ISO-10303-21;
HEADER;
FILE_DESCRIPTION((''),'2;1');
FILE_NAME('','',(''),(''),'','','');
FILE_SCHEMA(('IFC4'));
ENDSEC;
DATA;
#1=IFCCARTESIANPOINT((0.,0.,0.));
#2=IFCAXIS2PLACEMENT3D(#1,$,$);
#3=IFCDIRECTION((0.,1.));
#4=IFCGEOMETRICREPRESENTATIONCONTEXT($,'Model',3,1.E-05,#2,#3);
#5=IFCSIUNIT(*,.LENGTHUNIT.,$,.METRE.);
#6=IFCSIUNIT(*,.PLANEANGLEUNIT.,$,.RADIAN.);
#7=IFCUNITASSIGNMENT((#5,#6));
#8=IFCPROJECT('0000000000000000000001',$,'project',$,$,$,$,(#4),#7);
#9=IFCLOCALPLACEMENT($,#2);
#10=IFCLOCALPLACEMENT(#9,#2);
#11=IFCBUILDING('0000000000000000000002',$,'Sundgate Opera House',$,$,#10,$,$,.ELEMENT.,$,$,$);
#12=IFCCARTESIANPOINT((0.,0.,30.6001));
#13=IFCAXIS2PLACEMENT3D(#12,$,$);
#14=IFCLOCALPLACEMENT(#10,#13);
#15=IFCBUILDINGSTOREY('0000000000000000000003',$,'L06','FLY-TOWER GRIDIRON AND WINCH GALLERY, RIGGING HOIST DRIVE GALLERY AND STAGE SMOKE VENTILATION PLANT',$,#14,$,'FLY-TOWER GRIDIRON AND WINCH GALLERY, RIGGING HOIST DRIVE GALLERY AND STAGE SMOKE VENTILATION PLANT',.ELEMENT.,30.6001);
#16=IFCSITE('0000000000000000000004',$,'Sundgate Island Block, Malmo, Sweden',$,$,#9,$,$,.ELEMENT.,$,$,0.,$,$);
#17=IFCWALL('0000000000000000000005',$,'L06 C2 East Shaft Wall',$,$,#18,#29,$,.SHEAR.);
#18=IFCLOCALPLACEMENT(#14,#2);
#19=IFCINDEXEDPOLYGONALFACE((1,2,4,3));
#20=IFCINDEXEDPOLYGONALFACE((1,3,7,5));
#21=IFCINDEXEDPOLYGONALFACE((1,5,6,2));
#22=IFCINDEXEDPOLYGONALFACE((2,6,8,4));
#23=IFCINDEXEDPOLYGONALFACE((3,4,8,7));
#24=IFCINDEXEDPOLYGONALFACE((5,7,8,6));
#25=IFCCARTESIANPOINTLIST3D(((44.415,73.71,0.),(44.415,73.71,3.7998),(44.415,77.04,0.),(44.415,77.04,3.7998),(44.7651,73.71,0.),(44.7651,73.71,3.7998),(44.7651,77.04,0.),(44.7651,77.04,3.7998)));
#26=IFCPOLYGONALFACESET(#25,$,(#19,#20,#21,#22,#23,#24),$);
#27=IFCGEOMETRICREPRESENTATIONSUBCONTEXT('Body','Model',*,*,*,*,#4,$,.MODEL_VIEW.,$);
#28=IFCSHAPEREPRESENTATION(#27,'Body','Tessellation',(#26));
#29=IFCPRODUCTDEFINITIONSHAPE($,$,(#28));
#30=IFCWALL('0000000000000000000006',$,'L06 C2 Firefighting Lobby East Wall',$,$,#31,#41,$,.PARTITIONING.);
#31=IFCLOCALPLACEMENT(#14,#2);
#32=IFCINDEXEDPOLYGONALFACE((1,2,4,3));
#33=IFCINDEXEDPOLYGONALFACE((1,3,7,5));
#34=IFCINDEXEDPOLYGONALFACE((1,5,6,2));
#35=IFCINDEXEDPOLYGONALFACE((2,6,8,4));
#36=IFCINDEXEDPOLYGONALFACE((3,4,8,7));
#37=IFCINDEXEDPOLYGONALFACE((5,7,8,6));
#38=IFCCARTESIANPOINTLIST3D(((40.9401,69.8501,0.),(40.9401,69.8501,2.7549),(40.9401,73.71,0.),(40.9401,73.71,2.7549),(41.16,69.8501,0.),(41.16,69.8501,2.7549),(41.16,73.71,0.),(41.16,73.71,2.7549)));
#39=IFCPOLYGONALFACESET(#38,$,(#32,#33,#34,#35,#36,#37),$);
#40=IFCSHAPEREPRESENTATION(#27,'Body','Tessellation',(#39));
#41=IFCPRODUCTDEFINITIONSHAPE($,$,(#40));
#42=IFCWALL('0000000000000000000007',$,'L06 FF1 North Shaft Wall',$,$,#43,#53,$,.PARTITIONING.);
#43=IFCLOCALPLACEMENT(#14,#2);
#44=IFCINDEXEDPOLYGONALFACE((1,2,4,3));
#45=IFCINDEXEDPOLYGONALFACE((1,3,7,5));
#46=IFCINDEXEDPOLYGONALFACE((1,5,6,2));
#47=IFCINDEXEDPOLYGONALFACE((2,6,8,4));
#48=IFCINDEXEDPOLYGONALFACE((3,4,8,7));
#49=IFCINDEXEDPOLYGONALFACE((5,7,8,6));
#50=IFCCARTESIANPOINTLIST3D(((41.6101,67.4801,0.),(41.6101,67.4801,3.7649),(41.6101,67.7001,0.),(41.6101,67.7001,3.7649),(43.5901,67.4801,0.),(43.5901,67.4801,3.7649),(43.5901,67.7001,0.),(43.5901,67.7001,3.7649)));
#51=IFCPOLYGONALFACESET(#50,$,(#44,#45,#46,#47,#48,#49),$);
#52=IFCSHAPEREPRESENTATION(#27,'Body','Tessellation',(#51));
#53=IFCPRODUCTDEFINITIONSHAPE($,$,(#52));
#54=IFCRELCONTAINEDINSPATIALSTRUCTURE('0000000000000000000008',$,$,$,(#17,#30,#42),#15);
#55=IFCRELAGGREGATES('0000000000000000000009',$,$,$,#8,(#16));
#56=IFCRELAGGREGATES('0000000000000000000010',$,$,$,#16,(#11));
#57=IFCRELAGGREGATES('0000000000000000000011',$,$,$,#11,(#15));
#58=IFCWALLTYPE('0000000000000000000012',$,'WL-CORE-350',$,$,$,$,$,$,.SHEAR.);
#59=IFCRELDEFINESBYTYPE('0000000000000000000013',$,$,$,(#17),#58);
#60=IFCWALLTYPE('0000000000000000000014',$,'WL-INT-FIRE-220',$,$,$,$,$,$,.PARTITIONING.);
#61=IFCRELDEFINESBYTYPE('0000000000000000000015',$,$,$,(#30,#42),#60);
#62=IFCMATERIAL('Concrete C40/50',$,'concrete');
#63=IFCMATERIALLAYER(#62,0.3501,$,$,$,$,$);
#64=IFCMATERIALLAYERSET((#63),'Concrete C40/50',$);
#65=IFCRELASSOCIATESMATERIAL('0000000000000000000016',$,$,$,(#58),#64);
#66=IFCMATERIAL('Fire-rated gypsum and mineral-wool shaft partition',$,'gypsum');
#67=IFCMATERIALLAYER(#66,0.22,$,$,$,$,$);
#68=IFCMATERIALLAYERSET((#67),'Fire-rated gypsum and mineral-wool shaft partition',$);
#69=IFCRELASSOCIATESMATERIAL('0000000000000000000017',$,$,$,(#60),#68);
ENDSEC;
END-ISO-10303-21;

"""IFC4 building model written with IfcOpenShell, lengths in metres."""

from ifc_helpers import new_model, si_unit, direction, frame, frame_2d, origin, place, context, subcontext, project, spatial, rectangle, extrude, material, layer, layer_set, type_object, element, save


model = new_model("IFC4")

# Units and contexts
model_context = context("Model", 3, precision=1e-05, world=origin(), true_north=direction((0.0, 1.0)))
body_context = subcontext(model_context, "Body", "Model", "MODEL_VIEW")
ifc_project = project(units=[si_unit("LENGTHUNIT", "METRE"), si_unit("PLANEANGLEUNIT", "RADIAN")], contexts=[model_context])

# Site, building, storey
site_placement = place(None, origin())
site = spatial("IfcSite", under=ifc_project, at=site_placement, Name="Sundgate Island Block, Malmo, Sweden", CompositionType="ELEMENT", RefElevation=0.0)
building_placement = place(site_placement, origin())
building = spatial("IfcBuilding", under=site, at=building_placement, Name="Sundgate Opera House", CompositionType="ELEMENT")
storey_placement = place(building_placement, frame((0.0, 0.0, 30.6001)))
storey = spatial("IfcBuildingStorey", under=building, at=storey_placement, Name="L06", Description="FLY-TOWER GRIDIRON AND WINCH GALLERY, RIGGING HOIST DRIVE GALLERY AND STAGE SMOKE VENTILATION PLANT", LongName="FLY-TOWER GRIDIRON AND WINCH GALLERY, RIGGING HOIST DRIVE GALLERY AND STAGE SMOKE VENTILATION PLANT", CompositionType="ELEMENT", Elevation=30.6001)

# Walls
ifc_material_1 = material(Name="Concrete C40/50", Category="concrete")
ifc_layer_1 = layer(ifc_material_1, 0.3501)
ifc_layer_set_1 = layer_set([ifc_layer_1], Name="Concrete C40/50")
wall_type_1 = type_object("IfcWallType", Name="WL-CORE-350", PredefinedType="SHEAR", material=ifc_layer_set_1)
wall_1_placement = place(storey_placement, frame((44.5901, 73.71, 0.0), z_axis=(0.0, 0.0, 1.0), x_axis=(0.0, 1.0, 0.0)))
element("IfcWall", 1, at=wall_1_placement, inside=storey, type_object=wall_type_1, Name="L06 C2 East Shaft Wall", PredefinedType="SHEAR", context=body_context, shape_type="SweptSolid", body=[
    extrude(rectangle(XDim=3.3301, YDim=0.3501, at=frame_2d((1.665, 0.0))), origin(), (0.0, 0.0, 1.0), 3.7998),
])
ifc_material_2 = material(Name="Fire-rated gypsum and mineral-wool shaft partition", Category="gypsum")
ifc_layer_2 = layer(ifc_material_2, 0.22)
ifc_layer_set_2 = layer_set([ifc_layer_2], Name="Fire-rated gypsum and mineral-wool shaft partition")
wall_type_2 = type_object("IfcWallType", Name="WL-INT-FIRE-220", PredefinedType="PARTITIONING", material=ifc_layer_set_2)
wall_2_placement = place(storey_placement, frame((41.05, 69.8501, 0.0), z_axis=(0.0, 0.0, 1.0), x_axis=(0.0, 1.0, 0.0)))
element("IfcWall", 2, at=wall_2_placement, inside=storey, type_object=wall_type_2, Name="L06 C2 Firefighting Lobby East Wall", PredefinedType="PARTITIONING", context=body_context, shape_type="SweptSolid", body=[
    extrude(rectangle(XDim=3.8599, YDim=0.22, at=frame_2d((1.9299, 0.0))), origin(), (0.0, 0.0, 1.0), 2.7549),
])
wall_3_placement = place(storey_placement, frame((41.6101, 67.5901, 0.0), z_axis=(0.0, 0.0, 1.0), x_axis=(1.0, 0.0, 0.0)))
element("IfcWall", 3, at=wall_3_placement, inside=storey, type_object=wall_type_2, Name="L06 FF1 North Shaft Wall", PredefinedType="PARTITIONING", context=body_context, shape_type="SweptSolid", body=[
    extrude(rectangle(XDim=1.98, YDim=0.22, at=frame_2d((0.99, 0.0))), origin(), (0.0, 0.0, 1.0), 3.7649),
])

save(model, "model.ifc")
